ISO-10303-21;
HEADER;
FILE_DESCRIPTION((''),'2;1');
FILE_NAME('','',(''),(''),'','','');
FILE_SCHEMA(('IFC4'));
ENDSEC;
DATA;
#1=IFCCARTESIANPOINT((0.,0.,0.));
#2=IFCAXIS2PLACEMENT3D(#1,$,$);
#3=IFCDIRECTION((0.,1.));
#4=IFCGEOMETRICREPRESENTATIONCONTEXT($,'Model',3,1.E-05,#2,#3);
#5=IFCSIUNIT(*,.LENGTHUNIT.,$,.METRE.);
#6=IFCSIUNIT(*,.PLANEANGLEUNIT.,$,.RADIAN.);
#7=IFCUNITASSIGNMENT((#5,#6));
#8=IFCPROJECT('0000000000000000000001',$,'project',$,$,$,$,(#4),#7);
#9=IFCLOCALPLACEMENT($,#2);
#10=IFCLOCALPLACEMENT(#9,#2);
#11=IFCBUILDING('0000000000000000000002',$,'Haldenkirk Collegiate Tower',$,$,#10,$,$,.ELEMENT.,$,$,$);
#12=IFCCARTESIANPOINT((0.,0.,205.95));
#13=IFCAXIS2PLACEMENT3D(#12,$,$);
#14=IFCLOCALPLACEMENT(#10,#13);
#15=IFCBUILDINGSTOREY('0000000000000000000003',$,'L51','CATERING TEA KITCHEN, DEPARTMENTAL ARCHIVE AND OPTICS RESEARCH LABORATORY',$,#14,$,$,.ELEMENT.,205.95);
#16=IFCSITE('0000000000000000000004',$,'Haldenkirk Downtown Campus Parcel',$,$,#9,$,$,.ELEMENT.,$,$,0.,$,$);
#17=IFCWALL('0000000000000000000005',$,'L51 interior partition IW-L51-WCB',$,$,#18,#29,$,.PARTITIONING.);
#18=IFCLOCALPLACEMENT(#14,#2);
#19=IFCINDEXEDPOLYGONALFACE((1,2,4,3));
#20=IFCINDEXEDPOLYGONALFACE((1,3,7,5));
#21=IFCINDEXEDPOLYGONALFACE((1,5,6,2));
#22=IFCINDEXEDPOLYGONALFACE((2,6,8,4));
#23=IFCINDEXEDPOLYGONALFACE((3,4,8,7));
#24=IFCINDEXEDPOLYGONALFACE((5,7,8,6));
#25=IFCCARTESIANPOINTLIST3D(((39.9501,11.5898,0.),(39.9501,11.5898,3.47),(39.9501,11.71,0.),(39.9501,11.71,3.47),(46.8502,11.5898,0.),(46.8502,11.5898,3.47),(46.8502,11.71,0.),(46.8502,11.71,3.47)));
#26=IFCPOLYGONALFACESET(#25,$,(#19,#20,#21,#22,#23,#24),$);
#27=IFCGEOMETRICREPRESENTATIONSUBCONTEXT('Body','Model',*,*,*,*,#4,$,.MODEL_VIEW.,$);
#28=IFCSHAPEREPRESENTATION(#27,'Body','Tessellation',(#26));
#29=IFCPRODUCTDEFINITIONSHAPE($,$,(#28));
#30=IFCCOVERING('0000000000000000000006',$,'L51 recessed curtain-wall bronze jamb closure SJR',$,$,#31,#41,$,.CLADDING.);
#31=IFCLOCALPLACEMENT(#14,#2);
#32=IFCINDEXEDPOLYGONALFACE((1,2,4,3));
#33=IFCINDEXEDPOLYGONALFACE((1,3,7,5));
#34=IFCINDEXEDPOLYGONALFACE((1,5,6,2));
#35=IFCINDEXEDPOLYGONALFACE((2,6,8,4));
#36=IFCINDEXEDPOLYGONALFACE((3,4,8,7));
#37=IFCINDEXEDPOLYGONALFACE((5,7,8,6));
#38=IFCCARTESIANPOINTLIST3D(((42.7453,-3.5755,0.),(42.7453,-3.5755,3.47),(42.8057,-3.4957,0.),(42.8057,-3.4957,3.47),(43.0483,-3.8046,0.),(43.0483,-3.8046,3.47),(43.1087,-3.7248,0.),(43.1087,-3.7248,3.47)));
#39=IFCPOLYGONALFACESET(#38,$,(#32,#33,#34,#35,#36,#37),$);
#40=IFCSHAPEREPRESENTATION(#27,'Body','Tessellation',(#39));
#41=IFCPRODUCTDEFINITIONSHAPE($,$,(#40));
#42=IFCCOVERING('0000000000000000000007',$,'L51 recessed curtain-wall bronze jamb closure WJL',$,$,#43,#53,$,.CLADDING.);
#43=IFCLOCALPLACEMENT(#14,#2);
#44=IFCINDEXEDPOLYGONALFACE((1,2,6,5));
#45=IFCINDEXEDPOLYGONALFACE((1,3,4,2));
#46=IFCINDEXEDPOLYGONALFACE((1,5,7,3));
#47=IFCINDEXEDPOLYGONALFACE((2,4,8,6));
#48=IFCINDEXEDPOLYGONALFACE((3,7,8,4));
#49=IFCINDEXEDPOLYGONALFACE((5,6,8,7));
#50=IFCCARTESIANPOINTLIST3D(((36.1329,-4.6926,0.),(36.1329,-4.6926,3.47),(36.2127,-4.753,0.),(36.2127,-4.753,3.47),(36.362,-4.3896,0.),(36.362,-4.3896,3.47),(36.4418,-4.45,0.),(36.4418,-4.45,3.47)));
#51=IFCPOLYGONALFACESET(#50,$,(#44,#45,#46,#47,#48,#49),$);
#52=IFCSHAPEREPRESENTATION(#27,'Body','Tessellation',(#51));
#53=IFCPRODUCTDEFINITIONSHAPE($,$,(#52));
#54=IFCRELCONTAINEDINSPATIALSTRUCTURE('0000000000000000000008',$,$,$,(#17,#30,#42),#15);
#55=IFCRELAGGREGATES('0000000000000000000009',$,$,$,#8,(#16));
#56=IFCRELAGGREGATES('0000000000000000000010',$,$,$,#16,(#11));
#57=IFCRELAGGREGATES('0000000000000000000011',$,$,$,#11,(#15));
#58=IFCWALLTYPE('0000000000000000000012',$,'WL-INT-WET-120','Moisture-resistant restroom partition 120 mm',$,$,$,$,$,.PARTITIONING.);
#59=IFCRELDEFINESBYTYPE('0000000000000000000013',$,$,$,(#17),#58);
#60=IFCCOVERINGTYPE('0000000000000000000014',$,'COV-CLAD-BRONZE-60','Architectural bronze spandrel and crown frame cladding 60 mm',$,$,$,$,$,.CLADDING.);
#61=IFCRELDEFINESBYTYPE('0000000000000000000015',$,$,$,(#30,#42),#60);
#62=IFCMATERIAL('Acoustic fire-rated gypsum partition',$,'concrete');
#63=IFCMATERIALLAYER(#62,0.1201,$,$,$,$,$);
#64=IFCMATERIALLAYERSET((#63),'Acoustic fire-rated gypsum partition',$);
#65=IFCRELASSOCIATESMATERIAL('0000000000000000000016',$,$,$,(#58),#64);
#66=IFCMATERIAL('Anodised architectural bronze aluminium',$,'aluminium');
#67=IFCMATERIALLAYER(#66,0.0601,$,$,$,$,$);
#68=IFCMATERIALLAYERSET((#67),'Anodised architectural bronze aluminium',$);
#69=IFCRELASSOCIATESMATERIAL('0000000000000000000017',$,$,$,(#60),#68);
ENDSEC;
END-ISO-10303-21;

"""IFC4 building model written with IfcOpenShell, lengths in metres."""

from ifc_helpers import new_model, si_unit, direction, frame, frame_2d, origin, origin_2d, place, context, subcontext, project, spatial, rectangle, extrude, source, transform, mapped, material, layer, layer_set, type_object, element, save


model = new_model("IFC4")

# Units and contexts
model_context = context("Model", 3, precision=1e-05, world=origin(), true_north=direction((0.0, 1.0)))
body_context = subcontext(model_context, "Body", "Model", "MODEL_VIEW")
ifc_project = project(units=[si_unit("LENGTHUNIT", "METRE"), si_unit("PLANEANGLEUNIT", "RADIAN")], contexts=[model_context])

# Site, building, storey
site_placement = place(None, origin())
site = spatial("IfcSite", under=ifc_project, at=site_placement, Name="Haldenkirk Downtown Campus Parcel", CompositionType="ELEMENT", RefElevation=0.0)
building_placement = place(site_placement, origin())
building = spatial("IfcBuilding", under=site, at=building_placement, Name="Haldenkirk Collegiate Tower", CompositionType="ELEMENT")
storey_placement = place(building_placement, frame((0.0, 0.0, 205.95)))
storey = spatial("IfcBuildingStorey", under=building, at=storey_placement, Name="L51", Description="CATERING TEA KITCHEN, DEPARTMENTAL ARCHIVE AND OPTICS RESEARCH LABORATORY", CompositionType="ELEMENT", Elevation=205.95)

# Shared definitions
ifc_material_1 = material(Name="Anodised architectural bronze aluminium", Category="aluminium")

# Wall
ifc_material_2 = material(Name="Acoustic fire-rated gypsum partition", Category="concrete")
ifc_layer_1 = layer(ifc_material_2, 0.1201)
ifc_layer_set_1 = layer_set([ifc_layer_1], Name="Acoustic fire-rated gypsum partition")
wall_type_1 = type_object("IfcWallType", Name="WL-INT-WET-120", Description="Moisture-resistant restroom partition 120 mm", PredefinedType="PARTITIONING", material=ifc_layer_set_1)
wall_placement = place(storey_placement, frame((39.95, 11.6499, 0.0), z_axis=(0.0, 0.0, 1.0), x_axis=(1.0, 0.0, 0.0)))
element("IfcWall", 1, at=wall_placement, inside=storey, type_object=wall_type_1, Name="L51 interior partition IW-L51-WCB", PredefinedType="PARTITIONING", context=body_context, shape_type="SweptSolid", body=[
    extrude(rectangle(XDim=6.9001, YDim=0.1201, at=frame_2d((3.4502, 0.0))), origin(), (0.0, 0.0, 1.0), 3.47),
])

# Coverings
ifc_layer_2 = layer(ifc_material_1, 0.0601)
ifc_layer_set_2 = layer_set([ifc_layer_2], Name="Anodised architectural bronze aluminium")
covering_type = type_object("IfcCoveringType", Name="COV-CLAD-BRONZE-60", Description="Architectural bronze spandrel and crown frame cladding 60 mm", PredefinedType="CLADDING", material=ifc_layer_set_2)
shared_shape_1 = source(origin(), body_context, "Body", "SweptSolid", [
    extrude(rectangle(XDim=0.1001, YDim=0.3799, at=origin_2d()), origin(), (0.0, 0.0, 1.0), 3.47),
])
for number, where, z_axis, x_axis, name in (
    (2, (42.927, -3.6501, 0.0), (0.0, 0.0, 1.0), (-0.603208, -0.797584, 0.0), "L51 recessed curtain-wall bronze jamb closure SJR"),
    (3, (36.2874, -4.5713, 0.0), (0.0, 0.0, 1.0), (-0.797584, 0.603208, 0.0), "L51 recessed curtain-wall bronze jamb closure WJL"),
):
    element("IfcCovering", number, at=place(storey_placement, frame(where, z_axis=z_axis, x_axis=x_axis)), inside=storey, type_object=covering_type, Name=name, PredefinedType="CLADDING", context=body_context, shape_type="MappedRepresentation", body=[
        mapped(shared_shape_1, transform((0.0, 0.0, 0.0), x_axis=(1.0, 0.0, 0.0), y_axis=(0.0, 1.0, 0.0), z_axis=(0.0, 0.0, 1.0), scale=1.0)),
    ])

save(model, "model.ifc")
